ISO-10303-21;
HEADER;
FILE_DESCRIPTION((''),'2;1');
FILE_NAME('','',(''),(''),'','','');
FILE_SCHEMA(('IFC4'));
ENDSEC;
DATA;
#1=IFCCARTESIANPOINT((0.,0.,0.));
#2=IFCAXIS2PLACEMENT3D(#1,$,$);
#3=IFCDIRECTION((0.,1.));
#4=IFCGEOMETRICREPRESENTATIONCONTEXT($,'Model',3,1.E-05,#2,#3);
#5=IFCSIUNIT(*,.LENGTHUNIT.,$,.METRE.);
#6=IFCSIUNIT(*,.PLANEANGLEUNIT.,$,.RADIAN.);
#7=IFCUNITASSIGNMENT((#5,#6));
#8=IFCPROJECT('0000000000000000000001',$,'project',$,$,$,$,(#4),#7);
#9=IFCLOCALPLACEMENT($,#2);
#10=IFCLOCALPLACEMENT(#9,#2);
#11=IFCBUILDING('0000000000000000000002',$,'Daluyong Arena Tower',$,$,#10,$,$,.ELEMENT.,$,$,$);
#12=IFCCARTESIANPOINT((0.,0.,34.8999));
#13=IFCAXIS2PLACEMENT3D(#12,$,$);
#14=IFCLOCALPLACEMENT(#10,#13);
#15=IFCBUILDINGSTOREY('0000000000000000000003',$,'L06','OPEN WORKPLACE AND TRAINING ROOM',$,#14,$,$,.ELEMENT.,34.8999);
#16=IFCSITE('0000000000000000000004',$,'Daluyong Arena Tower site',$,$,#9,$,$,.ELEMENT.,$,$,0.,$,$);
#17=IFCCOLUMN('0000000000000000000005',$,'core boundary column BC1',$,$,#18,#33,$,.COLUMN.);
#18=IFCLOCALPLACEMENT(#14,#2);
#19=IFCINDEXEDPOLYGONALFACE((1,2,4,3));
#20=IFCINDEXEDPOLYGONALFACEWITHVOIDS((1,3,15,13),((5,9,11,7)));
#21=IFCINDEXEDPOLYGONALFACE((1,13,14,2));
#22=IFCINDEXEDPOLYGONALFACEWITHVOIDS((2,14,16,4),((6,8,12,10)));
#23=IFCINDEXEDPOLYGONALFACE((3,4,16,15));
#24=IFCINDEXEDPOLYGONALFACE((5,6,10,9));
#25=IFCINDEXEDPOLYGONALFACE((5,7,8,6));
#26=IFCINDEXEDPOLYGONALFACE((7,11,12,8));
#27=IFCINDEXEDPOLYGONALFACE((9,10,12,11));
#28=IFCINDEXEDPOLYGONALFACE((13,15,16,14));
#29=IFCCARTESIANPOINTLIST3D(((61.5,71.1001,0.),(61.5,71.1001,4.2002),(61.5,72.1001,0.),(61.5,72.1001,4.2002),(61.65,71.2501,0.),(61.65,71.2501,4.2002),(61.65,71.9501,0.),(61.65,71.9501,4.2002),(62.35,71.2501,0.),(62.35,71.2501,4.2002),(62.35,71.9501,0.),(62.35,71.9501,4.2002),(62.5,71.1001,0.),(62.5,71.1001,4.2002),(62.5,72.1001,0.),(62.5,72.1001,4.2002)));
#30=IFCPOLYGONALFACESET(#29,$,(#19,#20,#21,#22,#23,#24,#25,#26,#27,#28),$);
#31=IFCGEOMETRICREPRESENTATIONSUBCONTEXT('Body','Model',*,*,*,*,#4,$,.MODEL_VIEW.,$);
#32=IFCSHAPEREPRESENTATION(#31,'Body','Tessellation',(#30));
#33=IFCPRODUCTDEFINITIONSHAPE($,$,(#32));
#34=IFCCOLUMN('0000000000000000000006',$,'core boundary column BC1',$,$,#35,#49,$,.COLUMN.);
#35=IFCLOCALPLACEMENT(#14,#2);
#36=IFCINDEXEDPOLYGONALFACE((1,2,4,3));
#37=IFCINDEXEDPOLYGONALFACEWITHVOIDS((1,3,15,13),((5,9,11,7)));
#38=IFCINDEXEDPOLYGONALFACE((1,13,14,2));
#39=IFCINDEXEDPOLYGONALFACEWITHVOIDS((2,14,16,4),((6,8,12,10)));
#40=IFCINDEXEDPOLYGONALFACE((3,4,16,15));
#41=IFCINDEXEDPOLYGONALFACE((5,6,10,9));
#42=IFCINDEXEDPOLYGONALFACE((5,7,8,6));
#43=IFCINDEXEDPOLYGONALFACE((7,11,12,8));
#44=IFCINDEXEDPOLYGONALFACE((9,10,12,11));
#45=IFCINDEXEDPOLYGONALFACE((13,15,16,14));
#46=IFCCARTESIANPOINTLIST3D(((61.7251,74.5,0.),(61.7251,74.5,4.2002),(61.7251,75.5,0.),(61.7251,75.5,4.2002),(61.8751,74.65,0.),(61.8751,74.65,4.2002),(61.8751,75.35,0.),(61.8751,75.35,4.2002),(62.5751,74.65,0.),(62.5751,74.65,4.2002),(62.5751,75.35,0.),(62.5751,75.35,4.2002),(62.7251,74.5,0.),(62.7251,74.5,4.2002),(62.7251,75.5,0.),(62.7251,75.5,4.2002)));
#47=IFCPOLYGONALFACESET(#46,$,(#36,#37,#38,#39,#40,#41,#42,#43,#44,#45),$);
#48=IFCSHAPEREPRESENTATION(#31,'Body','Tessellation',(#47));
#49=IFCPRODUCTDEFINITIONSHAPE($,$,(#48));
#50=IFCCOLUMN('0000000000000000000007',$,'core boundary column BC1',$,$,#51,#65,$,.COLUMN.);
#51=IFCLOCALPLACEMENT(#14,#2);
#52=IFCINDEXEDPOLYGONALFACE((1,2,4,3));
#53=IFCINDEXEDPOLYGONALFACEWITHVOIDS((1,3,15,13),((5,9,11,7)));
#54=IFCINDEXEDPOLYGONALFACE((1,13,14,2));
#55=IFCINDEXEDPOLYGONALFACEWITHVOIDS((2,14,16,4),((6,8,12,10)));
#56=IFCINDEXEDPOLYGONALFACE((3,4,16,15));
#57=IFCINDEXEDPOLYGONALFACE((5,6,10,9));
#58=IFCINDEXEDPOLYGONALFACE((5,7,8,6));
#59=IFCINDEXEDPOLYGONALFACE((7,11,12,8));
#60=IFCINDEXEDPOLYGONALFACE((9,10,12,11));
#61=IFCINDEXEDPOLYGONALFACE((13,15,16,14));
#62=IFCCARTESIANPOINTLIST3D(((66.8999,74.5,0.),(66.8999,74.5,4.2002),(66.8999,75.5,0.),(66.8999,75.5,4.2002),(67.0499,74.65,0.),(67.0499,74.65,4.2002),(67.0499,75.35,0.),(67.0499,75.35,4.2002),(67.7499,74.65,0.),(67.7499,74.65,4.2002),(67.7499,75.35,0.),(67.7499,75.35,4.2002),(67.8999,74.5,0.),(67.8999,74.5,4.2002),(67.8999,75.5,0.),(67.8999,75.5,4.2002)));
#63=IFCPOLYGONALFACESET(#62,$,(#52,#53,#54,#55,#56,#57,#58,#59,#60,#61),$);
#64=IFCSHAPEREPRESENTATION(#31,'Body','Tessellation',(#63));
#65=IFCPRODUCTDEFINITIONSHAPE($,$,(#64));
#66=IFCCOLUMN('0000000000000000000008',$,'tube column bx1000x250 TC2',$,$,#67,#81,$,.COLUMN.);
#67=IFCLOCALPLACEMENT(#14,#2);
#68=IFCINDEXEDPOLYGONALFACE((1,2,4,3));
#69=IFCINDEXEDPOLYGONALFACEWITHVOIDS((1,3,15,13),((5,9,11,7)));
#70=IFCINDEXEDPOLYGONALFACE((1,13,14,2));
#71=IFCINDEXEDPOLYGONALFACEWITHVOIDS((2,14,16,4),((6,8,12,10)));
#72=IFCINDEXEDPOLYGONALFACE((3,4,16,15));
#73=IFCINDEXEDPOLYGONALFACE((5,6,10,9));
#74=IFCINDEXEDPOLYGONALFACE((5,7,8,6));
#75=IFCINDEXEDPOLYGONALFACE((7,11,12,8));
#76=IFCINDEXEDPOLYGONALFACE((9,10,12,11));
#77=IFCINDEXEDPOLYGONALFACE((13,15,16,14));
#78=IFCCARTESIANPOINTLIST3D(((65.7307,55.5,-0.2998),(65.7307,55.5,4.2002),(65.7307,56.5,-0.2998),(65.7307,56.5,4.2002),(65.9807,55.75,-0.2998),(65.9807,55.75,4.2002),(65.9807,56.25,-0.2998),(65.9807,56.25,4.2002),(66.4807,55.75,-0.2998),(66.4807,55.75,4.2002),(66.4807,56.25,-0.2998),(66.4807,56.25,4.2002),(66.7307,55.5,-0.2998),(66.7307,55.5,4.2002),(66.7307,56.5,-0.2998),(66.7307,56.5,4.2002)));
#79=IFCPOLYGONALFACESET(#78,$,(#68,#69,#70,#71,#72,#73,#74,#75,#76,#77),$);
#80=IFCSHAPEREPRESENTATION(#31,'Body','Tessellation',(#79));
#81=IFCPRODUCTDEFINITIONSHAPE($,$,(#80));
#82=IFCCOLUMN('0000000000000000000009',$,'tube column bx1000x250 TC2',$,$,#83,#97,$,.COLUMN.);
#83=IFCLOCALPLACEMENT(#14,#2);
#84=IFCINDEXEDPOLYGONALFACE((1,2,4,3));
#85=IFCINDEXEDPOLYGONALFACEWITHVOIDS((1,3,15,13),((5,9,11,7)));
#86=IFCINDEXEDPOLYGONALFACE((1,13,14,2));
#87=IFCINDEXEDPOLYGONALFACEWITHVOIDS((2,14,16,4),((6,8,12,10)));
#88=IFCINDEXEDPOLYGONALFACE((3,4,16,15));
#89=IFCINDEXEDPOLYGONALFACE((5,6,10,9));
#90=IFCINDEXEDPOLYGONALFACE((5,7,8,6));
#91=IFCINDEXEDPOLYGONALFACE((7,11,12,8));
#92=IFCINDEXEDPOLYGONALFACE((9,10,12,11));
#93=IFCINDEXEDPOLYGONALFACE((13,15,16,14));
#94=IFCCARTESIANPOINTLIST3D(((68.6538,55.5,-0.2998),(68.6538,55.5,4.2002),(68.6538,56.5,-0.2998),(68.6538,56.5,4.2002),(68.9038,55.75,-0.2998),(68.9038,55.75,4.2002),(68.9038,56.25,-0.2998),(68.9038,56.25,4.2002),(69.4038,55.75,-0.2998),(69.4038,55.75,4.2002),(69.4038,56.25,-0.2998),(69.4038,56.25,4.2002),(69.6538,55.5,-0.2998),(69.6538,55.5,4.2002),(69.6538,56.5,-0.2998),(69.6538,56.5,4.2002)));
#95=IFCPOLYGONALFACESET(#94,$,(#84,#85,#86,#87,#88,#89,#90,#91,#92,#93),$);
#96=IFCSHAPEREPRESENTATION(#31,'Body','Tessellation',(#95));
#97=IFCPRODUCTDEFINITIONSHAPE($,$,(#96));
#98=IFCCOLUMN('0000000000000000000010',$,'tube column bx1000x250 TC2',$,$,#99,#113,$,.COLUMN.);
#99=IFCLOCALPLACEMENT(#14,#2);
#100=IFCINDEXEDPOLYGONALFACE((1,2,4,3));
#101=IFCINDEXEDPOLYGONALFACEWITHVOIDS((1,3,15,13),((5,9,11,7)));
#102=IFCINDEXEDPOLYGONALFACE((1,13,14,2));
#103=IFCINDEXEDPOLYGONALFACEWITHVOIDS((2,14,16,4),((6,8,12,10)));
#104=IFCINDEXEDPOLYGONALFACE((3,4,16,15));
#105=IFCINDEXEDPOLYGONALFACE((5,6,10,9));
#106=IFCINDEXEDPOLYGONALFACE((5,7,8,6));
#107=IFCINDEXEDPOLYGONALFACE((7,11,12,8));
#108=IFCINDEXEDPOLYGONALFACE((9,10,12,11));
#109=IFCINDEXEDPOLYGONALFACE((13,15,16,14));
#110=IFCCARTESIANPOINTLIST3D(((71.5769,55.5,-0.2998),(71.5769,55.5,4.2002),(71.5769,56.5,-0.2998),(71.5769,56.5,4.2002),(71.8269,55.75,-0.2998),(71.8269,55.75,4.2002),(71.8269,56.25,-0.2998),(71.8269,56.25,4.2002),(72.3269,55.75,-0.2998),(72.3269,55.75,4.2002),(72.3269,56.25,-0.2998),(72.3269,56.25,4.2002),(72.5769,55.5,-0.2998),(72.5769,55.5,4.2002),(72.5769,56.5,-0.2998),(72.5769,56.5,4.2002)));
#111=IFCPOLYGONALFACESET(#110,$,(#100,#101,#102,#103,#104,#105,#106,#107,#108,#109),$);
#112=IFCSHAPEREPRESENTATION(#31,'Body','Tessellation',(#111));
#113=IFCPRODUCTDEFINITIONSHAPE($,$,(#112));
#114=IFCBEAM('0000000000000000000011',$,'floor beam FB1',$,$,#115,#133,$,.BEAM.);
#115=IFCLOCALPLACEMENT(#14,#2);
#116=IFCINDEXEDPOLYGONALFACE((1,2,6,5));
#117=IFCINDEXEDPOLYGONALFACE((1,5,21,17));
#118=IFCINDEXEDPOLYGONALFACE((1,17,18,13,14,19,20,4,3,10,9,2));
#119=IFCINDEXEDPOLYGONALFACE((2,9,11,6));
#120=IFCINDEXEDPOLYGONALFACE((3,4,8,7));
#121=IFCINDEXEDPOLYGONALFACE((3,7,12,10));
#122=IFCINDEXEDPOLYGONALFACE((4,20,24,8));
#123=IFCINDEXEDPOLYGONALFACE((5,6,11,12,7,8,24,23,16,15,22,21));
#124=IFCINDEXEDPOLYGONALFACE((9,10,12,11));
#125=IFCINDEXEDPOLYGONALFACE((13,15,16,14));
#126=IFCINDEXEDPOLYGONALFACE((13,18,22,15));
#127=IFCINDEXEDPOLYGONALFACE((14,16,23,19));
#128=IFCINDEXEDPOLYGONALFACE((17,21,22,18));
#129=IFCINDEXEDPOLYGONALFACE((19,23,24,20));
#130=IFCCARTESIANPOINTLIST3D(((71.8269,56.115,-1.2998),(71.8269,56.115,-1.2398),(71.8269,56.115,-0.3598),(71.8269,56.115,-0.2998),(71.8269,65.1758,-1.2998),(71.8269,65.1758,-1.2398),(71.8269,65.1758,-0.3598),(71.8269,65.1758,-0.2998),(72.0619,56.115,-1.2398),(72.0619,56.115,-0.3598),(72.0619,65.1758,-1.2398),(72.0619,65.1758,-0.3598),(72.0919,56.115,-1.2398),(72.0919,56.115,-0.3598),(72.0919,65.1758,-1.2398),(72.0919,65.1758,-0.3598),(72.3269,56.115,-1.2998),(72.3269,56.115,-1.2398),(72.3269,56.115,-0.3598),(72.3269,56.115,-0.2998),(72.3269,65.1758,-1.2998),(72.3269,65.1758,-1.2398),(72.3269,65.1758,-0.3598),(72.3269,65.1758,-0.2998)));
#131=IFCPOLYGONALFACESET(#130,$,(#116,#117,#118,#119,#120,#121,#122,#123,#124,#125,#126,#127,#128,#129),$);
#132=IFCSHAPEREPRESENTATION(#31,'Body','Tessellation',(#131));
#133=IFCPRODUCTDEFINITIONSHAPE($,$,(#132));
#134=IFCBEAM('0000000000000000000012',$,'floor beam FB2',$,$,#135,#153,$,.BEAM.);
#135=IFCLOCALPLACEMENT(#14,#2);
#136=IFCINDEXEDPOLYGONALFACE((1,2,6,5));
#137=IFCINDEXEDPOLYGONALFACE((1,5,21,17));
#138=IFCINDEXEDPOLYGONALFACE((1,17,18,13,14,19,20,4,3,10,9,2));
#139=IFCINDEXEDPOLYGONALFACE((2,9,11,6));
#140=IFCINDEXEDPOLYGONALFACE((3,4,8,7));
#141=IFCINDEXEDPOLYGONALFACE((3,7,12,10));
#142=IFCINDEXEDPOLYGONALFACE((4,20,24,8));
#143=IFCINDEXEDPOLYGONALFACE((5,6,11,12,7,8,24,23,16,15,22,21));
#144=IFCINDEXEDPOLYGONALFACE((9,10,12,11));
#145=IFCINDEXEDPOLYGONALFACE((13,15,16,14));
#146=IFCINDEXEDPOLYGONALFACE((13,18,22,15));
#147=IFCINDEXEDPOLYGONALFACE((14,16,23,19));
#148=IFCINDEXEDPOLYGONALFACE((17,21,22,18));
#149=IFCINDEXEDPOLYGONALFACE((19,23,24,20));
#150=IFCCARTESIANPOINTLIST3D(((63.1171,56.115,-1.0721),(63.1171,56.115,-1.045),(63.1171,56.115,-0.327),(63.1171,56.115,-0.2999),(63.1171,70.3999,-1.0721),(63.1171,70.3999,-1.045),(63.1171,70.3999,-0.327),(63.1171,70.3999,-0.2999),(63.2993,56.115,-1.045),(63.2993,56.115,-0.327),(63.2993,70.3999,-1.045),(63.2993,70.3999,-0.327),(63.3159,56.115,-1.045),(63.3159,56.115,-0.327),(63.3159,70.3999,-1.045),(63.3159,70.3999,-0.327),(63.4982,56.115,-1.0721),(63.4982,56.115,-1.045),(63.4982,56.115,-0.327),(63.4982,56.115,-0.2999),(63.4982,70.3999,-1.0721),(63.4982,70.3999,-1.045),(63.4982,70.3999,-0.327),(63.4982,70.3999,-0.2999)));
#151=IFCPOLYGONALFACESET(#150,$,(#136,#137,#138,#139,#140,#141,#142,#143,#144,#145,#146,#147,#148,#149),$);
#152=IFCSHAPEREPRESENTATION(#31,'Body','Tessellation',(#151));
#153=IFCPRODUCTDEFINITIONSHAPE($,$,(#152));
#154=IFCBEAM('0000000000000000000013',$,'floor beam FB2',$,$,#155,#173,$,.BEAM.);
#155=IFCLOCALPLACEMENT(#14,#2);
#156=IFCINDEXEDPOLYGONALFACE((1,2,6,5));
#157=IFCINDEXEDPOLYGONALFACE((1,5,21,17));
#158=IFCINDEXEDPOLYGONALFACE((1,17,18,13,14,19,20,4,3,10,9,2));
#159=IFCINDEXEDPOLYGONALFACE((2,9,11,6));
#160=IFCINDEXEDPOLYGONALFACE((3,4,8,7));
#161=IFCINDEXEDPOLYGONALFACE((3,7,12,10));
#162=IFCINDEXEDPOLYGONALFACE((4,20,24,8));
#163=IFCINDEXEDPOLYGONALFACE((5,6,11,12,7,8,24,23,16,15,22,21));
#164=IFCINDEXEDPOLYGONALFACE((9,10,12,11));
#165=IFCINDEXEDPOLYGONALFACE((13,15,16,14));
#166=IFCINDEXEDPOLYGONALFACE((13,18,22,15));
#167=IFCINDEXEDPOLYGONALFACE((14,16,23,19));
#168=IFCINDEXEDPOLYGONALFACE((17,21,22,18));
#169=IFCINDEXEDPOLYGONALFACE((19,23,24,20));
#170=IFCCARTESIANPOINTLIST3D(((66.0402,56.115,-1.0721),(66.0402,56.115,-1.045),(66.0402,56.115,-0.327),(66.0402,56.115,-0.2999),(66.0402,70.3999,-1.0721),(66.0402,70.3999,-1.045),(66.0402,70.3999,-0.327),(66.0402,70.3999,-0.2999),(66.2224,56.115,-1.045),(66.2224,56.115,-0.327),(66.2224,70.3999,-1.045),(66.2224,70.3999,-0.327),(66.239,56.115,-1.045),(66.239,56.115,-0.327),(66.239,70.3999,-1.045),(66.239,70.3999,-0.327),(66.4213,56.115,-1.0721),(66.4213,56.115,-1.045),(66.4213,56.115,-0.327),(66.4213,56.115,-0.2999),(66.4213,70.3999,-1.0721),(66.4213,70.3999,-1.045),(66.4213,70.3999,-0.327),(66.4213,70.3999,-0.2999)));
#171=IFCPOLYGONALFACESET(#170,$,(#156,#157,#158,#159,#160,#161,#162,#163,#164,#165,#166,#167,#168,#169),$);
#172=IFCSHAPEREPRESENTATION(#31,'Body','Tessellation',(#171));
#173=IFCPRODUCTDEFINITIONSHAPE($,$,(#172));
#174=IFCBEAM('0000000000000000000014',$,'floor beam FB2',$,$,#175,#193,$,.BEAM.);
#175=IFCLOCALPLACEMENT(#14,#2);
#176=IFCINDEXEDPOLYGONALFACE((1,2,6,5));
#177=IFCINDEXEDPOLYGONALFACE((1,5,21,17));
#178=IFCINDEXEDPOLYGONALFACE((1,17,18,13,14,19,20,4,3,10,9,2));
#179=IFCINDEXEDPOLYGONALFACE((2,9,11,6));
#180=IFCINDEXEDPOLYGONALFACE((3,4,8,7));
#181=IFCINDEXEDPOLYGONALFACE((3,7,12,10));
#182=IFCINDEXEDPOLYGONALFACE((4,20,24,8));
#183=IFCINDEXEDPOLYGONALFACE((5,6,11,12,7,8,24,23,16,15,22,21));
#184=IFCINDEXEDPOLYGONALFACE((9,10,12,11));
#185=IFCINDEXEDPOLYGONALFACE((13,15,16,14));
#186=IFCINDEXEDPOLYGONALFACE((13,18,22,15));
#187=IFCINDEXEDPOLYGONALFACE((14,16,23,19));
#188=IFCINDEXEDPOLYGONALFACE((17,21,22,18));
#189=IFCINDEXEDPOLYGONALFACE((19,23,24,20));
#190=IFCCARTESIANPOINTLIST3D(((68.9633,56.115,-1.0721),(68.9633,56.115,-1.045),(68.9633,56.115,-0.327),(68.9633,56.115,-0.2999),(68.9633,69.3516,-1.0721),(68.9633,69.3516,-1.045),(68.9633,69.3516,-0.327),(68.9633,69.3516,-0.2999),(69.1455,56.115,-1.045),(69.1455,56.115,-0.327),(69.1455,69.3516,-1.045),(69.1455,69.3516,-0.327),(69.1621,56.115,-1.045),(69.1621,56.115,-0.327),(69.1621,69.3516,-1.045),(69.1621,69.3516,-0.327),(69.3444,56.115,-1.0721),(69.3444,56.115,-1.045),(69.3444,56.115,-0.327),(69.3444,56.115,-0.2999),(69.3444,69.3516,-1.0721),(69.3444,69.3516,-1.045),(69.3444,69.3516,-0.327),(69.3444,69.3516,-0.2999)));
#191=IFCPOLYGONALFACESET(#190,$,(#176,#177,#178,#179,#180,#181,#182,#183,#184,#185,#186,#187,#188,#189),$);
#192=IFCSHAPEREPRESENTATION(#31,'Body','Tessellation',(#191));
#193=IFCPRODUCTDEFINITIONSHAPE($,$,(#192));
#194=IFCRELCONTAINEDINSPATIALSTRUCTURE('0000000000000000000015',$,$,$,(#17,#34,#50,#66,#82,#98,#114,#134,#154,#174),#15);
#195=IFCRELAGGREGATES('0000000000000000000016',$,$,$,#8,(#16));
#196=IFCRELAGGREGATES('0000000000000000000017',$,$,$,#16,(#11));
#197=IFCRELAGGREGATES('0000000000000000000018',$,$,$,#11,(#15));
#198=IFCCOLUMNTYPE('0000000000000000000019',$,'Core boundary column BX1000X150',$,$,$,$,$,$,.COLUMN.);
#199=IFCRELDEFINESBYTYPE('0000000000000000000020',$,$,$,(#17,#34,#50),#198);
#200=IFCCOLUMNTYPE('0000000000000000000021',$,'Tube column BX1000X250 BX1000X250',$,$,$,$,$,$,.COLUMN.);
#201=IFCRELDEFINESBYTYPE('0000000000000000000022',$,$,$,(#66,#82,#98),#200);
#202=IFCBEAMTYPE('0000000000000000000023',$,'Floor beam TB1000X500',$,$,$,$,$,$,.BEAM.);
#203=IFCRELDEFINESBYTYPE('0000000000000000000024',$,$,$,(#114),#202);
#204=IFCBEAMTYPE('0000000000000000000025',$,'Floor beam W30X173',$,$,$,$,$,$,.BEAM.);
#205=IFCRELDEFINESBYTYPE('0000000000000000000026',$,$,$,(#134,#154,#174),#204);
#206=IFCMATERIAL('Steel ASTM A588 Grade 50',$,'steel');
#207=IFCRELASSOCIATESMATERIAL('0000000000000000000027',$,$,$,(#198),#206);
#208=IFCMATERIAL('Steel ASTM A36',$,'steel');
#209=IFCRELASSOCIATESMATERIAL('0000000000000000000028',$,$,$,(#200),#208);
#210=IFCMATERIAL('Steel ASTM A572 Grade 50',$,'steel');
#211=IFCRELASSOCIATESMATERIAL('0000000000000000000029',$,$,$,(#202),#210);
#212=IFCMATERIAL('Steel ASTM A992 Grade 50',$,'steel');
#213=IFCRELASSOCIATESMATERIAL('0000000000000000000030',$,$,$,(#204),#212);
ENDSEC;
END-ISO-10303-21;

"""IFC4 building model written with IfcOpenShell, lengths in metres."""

from ifc_helpers import new_model, si_unit, direction, frame, origin, origin_2d, place, context, subcontext, project, spatial, hollow_rectangle, i_section, extrude, material, material_profile, profile_set, type_object, element, save


model = new_model("IFC4")

# Units and contexts
model_context = context("Model", 3, precision=1e-05, world=origin(), true_north=direction((0.0, 1.0)))
body_context = subcontext(model_context, "Body", "Model", "MODEL_VIEW")
ifc_project = project(units=[si_unit("LENGTHUNIT", "METRE"), si_unit("PLANEANGLEUNIT", "RADIAN")], contexts=[model_context])

# Site, building, storey
site_placement = place(None, origin())
site = spatial("IfcSite", under=ifc_project, at=site_placement, Name="Daluyong Arena Tower site", CompositionType="ELEMENT", RefElevation=0.0)
building_placement = place(site_placement, origin())
building = spatial("IfcBuilding", under=site, at=building_placement, Name="Daluyong Arena Tower", CompositionType="ELEMENT")
storey_placement = place(building_placement, frame((0.0, 0.0, 34.8999)))
storey = spatial("IfcBuildingStorey", under=building, at=storey_placement, Name="L06", Description="OPEN WORKPLACE AND TRAINING ROOM", CompositionType="ELEMENT", Elevation=34.8999)

# Columns
ifc_material_1 = material(Name="Steel ASTM A588 Grade 50", Category="steel")
ifc_material_profile_1 = material_profile(ifc_material_1, hollow_rectangle(XDim=1.0, YDim=1.0, WallThickness=0.15, at=origin_2d()))
ifc_profile_set_1 = profile_set([ifc_material_profile_1], Name="Steel ASTM A588 Grade 50")
column_type_1 = type_object("IfcColumnType", Name="Core boundary column BX1000X150", PredefinedType="COLUMN", material=ifc_profile_set_1)
for number, where, z_axis, x_axis, name in (
    (1, (62.0, 71.6001, 0.0), (0.0, 0.0, 1.0), (1.0, 0.0, 0.0), "core boundary column BC1"),
    (2, (62.2251, 75.0, 0.0), (0.0, 0.0, 1.0), (1.0, 0.0, 0.0), "core boundary column BC1"),
    (3, (67.3999, 75.0, 0.0), (0.0, 0.0, 1.0), (1.0, 0.0, 0.0), "core boundary column BC1"),
):
    element("IfcColumn", number, at=place(storey_placement, frame(where, z_axis=z_axis, x_axis=x_axis)), inside=storey, type_object=column_type_1, Name=name, PredefinedType="COLUMN", context=body_context, shape_type="SweptSolid", body=[
        extrude(hollow_rectangle(XDim=1.0, YDim=1.0, WallThickness=0.15, at=origin_2d()), origin(), (0.0, 0.0, 1.0), 4.2002),
    ])
ifc_material_2 = material(Name="Steel ASTM A36", Category="steel")
ifc_material_profile_2 = material_profile(ifc_material_2, hollow_rectangle(XDim=1.0, YDim=1.0, WallThickness=0.25, at=origin_2d()))
ifc_profile_set_2 = profile_set([ifc_material_profile_2], Name="Steel ASTM A36")
column_type_2 = type_object("IfcColumnType", Name="Tube column BX1000X250 BX1000X250", PredefinedType="COLUMN", material=ifc_profile_set_2)
for number, where, z_axis, x_axis, name in (
    (4, (66.2307, 56.0, -0.2998), (0.0, 0.0, 1.0), (1.0, 0.0, 0.0), "tube column bx1000x250 TC2"),
    (5, (69.1538, 56.0, -0.2998), (0.0, 0.0, 1.0), (1.0, 0.0, 0.0), "tube column bx1000x250 TC2"),
    (6, (72.0769, 56.0, -0.2998), (0.0, 0.0, 1.0), (1.0, 0.0, 0.0), "tube column bx1000x250 TC2"),
):
    element("IfcColumn", number, at=place(storey_placement, frame(where, z_axis=z_axis, x_axis=x_axis)), inside=storey, type_object=column_type_2, Name=name, PredefinedType="COLUMN", context=body_context, shape_type="SweptSolid", body=[
        extrude(hollow_rectangle(XDim=1.0, YDim=1.0, WallThickness=0.25, at=origin_2d()), origin(), (0.0, 0.0, 1.0), 4.5),
    ])

# Beams
ifc_material_3 = material(Name="Steel ASTM A572 Grade 50", Category="steel")
ifc_material_profile_3 = material_profile(ifc_material_3, i_section(OverallWidth=0.5, OverallDepth=1.0, WebThickness=0.03, FlangeThickness=0.06, at=origin_2d()))
ifc_profile_set_3 = profile_set([ifc_material_profile_3], Name="Steel ASTM A572 Grade 50")
beam_type_1 = type_object("IfcBeamType", Name="Floor beam TB1000X500", PredefinedType="BEAM", material=ifc_profile_set_3)
beam_1_placement = place(storey_placement, frame((72.0769, 56.115, -0.7998), z_axis=(0.0, 1.0, 0.0), x_axis=(-1.0, 0.0, 0.0)))
element("IfcBeam", 7, at=beam_1_placement, inside=storey, type_object=beam_type_1, Name="floor beam FB1", PredefinedType="BEAM", context=body_context, shape_type="SweptSolid", body=[
    extrude(i_section(OverallWidth=0.5, OverallDepth=1.0, WebThickness=0.03, FlangeThickness=0.06, at=origin_2d()), origin(), (0.0, 0.0, 1.0), 9.0608),
])
ifc_material_4 = material(Name="Steel ASTM A992 Grade 50", Category="steel")
ifc_material_profile_4 = material_profile(ifc_material_4, i_section(OverallWidth=0.3811, OverallDepth=0.7722, WebThickness=0.0166, FlangeThickness=0.0271, at=origin_2d()))
ifc_profile_set_4 = profile_set([ifc_material_profile_4], Name="Steel ASTM A992 Grade 50")
beam_type_2 = type_object("IfcBeamType", Name="Floor beam W30X173", PredefinedType="BEAM", material=ifc_profile_set_4)
for number, where, z_axis, x_axis, name in (
    (8, (63.3076, 56.115, -0.686), (0.0, 1.0, 0.0), (-1.0, 0.0, 0.0), "floor beam FB2"),
    (9, (66.2307, 56.115, -0.686), (0.0, 1.0, 0.0), (-1.0, 0.0, 0.0), "floor beam FB2"),
):
    element("IfcBeam", number, at=place(storey_placement, frame(where, z_axis=z_axis, x_axis=x_axis)), inside=storey, type_object=beam_type_2, Name=name, PredefinedType="BEAM", context=body_context, shape_type="SweptSolid", body=[
        extrude(i_section(OverallWidth=0.3811, OverallDepth=0.7722, WebThickness=0.0166, FlangeThickness=0.0271, at=origin_2d()), origin(), (0.0, 0.0, 1.0), 14.2849),
    ])
beam_2_placement = place(storey_placement, frame((69.1538, 56.115, -0.686), z_axis=(0.0, 1.0, 0.0), x_axis=(-1.0, 0.0, 0.0)))
element("IfcBeam", 10, at=beam_2_placement, inside=storey, type_object=beam_type_2, Name="floor beam FB2", PredefinedType="BEAM", context=body_context, shape_type="SweptSolid", body=[
    extrude(i_section(OverallWidth=0.3811, OverallDepth=0.7722, WebThickness=0.0166, FlangeThickness=0.0271, at=origin_2d()), origin(), (0.0, 0.0, 1.0), 13.2366),
])

save(model, "model.ifc")
